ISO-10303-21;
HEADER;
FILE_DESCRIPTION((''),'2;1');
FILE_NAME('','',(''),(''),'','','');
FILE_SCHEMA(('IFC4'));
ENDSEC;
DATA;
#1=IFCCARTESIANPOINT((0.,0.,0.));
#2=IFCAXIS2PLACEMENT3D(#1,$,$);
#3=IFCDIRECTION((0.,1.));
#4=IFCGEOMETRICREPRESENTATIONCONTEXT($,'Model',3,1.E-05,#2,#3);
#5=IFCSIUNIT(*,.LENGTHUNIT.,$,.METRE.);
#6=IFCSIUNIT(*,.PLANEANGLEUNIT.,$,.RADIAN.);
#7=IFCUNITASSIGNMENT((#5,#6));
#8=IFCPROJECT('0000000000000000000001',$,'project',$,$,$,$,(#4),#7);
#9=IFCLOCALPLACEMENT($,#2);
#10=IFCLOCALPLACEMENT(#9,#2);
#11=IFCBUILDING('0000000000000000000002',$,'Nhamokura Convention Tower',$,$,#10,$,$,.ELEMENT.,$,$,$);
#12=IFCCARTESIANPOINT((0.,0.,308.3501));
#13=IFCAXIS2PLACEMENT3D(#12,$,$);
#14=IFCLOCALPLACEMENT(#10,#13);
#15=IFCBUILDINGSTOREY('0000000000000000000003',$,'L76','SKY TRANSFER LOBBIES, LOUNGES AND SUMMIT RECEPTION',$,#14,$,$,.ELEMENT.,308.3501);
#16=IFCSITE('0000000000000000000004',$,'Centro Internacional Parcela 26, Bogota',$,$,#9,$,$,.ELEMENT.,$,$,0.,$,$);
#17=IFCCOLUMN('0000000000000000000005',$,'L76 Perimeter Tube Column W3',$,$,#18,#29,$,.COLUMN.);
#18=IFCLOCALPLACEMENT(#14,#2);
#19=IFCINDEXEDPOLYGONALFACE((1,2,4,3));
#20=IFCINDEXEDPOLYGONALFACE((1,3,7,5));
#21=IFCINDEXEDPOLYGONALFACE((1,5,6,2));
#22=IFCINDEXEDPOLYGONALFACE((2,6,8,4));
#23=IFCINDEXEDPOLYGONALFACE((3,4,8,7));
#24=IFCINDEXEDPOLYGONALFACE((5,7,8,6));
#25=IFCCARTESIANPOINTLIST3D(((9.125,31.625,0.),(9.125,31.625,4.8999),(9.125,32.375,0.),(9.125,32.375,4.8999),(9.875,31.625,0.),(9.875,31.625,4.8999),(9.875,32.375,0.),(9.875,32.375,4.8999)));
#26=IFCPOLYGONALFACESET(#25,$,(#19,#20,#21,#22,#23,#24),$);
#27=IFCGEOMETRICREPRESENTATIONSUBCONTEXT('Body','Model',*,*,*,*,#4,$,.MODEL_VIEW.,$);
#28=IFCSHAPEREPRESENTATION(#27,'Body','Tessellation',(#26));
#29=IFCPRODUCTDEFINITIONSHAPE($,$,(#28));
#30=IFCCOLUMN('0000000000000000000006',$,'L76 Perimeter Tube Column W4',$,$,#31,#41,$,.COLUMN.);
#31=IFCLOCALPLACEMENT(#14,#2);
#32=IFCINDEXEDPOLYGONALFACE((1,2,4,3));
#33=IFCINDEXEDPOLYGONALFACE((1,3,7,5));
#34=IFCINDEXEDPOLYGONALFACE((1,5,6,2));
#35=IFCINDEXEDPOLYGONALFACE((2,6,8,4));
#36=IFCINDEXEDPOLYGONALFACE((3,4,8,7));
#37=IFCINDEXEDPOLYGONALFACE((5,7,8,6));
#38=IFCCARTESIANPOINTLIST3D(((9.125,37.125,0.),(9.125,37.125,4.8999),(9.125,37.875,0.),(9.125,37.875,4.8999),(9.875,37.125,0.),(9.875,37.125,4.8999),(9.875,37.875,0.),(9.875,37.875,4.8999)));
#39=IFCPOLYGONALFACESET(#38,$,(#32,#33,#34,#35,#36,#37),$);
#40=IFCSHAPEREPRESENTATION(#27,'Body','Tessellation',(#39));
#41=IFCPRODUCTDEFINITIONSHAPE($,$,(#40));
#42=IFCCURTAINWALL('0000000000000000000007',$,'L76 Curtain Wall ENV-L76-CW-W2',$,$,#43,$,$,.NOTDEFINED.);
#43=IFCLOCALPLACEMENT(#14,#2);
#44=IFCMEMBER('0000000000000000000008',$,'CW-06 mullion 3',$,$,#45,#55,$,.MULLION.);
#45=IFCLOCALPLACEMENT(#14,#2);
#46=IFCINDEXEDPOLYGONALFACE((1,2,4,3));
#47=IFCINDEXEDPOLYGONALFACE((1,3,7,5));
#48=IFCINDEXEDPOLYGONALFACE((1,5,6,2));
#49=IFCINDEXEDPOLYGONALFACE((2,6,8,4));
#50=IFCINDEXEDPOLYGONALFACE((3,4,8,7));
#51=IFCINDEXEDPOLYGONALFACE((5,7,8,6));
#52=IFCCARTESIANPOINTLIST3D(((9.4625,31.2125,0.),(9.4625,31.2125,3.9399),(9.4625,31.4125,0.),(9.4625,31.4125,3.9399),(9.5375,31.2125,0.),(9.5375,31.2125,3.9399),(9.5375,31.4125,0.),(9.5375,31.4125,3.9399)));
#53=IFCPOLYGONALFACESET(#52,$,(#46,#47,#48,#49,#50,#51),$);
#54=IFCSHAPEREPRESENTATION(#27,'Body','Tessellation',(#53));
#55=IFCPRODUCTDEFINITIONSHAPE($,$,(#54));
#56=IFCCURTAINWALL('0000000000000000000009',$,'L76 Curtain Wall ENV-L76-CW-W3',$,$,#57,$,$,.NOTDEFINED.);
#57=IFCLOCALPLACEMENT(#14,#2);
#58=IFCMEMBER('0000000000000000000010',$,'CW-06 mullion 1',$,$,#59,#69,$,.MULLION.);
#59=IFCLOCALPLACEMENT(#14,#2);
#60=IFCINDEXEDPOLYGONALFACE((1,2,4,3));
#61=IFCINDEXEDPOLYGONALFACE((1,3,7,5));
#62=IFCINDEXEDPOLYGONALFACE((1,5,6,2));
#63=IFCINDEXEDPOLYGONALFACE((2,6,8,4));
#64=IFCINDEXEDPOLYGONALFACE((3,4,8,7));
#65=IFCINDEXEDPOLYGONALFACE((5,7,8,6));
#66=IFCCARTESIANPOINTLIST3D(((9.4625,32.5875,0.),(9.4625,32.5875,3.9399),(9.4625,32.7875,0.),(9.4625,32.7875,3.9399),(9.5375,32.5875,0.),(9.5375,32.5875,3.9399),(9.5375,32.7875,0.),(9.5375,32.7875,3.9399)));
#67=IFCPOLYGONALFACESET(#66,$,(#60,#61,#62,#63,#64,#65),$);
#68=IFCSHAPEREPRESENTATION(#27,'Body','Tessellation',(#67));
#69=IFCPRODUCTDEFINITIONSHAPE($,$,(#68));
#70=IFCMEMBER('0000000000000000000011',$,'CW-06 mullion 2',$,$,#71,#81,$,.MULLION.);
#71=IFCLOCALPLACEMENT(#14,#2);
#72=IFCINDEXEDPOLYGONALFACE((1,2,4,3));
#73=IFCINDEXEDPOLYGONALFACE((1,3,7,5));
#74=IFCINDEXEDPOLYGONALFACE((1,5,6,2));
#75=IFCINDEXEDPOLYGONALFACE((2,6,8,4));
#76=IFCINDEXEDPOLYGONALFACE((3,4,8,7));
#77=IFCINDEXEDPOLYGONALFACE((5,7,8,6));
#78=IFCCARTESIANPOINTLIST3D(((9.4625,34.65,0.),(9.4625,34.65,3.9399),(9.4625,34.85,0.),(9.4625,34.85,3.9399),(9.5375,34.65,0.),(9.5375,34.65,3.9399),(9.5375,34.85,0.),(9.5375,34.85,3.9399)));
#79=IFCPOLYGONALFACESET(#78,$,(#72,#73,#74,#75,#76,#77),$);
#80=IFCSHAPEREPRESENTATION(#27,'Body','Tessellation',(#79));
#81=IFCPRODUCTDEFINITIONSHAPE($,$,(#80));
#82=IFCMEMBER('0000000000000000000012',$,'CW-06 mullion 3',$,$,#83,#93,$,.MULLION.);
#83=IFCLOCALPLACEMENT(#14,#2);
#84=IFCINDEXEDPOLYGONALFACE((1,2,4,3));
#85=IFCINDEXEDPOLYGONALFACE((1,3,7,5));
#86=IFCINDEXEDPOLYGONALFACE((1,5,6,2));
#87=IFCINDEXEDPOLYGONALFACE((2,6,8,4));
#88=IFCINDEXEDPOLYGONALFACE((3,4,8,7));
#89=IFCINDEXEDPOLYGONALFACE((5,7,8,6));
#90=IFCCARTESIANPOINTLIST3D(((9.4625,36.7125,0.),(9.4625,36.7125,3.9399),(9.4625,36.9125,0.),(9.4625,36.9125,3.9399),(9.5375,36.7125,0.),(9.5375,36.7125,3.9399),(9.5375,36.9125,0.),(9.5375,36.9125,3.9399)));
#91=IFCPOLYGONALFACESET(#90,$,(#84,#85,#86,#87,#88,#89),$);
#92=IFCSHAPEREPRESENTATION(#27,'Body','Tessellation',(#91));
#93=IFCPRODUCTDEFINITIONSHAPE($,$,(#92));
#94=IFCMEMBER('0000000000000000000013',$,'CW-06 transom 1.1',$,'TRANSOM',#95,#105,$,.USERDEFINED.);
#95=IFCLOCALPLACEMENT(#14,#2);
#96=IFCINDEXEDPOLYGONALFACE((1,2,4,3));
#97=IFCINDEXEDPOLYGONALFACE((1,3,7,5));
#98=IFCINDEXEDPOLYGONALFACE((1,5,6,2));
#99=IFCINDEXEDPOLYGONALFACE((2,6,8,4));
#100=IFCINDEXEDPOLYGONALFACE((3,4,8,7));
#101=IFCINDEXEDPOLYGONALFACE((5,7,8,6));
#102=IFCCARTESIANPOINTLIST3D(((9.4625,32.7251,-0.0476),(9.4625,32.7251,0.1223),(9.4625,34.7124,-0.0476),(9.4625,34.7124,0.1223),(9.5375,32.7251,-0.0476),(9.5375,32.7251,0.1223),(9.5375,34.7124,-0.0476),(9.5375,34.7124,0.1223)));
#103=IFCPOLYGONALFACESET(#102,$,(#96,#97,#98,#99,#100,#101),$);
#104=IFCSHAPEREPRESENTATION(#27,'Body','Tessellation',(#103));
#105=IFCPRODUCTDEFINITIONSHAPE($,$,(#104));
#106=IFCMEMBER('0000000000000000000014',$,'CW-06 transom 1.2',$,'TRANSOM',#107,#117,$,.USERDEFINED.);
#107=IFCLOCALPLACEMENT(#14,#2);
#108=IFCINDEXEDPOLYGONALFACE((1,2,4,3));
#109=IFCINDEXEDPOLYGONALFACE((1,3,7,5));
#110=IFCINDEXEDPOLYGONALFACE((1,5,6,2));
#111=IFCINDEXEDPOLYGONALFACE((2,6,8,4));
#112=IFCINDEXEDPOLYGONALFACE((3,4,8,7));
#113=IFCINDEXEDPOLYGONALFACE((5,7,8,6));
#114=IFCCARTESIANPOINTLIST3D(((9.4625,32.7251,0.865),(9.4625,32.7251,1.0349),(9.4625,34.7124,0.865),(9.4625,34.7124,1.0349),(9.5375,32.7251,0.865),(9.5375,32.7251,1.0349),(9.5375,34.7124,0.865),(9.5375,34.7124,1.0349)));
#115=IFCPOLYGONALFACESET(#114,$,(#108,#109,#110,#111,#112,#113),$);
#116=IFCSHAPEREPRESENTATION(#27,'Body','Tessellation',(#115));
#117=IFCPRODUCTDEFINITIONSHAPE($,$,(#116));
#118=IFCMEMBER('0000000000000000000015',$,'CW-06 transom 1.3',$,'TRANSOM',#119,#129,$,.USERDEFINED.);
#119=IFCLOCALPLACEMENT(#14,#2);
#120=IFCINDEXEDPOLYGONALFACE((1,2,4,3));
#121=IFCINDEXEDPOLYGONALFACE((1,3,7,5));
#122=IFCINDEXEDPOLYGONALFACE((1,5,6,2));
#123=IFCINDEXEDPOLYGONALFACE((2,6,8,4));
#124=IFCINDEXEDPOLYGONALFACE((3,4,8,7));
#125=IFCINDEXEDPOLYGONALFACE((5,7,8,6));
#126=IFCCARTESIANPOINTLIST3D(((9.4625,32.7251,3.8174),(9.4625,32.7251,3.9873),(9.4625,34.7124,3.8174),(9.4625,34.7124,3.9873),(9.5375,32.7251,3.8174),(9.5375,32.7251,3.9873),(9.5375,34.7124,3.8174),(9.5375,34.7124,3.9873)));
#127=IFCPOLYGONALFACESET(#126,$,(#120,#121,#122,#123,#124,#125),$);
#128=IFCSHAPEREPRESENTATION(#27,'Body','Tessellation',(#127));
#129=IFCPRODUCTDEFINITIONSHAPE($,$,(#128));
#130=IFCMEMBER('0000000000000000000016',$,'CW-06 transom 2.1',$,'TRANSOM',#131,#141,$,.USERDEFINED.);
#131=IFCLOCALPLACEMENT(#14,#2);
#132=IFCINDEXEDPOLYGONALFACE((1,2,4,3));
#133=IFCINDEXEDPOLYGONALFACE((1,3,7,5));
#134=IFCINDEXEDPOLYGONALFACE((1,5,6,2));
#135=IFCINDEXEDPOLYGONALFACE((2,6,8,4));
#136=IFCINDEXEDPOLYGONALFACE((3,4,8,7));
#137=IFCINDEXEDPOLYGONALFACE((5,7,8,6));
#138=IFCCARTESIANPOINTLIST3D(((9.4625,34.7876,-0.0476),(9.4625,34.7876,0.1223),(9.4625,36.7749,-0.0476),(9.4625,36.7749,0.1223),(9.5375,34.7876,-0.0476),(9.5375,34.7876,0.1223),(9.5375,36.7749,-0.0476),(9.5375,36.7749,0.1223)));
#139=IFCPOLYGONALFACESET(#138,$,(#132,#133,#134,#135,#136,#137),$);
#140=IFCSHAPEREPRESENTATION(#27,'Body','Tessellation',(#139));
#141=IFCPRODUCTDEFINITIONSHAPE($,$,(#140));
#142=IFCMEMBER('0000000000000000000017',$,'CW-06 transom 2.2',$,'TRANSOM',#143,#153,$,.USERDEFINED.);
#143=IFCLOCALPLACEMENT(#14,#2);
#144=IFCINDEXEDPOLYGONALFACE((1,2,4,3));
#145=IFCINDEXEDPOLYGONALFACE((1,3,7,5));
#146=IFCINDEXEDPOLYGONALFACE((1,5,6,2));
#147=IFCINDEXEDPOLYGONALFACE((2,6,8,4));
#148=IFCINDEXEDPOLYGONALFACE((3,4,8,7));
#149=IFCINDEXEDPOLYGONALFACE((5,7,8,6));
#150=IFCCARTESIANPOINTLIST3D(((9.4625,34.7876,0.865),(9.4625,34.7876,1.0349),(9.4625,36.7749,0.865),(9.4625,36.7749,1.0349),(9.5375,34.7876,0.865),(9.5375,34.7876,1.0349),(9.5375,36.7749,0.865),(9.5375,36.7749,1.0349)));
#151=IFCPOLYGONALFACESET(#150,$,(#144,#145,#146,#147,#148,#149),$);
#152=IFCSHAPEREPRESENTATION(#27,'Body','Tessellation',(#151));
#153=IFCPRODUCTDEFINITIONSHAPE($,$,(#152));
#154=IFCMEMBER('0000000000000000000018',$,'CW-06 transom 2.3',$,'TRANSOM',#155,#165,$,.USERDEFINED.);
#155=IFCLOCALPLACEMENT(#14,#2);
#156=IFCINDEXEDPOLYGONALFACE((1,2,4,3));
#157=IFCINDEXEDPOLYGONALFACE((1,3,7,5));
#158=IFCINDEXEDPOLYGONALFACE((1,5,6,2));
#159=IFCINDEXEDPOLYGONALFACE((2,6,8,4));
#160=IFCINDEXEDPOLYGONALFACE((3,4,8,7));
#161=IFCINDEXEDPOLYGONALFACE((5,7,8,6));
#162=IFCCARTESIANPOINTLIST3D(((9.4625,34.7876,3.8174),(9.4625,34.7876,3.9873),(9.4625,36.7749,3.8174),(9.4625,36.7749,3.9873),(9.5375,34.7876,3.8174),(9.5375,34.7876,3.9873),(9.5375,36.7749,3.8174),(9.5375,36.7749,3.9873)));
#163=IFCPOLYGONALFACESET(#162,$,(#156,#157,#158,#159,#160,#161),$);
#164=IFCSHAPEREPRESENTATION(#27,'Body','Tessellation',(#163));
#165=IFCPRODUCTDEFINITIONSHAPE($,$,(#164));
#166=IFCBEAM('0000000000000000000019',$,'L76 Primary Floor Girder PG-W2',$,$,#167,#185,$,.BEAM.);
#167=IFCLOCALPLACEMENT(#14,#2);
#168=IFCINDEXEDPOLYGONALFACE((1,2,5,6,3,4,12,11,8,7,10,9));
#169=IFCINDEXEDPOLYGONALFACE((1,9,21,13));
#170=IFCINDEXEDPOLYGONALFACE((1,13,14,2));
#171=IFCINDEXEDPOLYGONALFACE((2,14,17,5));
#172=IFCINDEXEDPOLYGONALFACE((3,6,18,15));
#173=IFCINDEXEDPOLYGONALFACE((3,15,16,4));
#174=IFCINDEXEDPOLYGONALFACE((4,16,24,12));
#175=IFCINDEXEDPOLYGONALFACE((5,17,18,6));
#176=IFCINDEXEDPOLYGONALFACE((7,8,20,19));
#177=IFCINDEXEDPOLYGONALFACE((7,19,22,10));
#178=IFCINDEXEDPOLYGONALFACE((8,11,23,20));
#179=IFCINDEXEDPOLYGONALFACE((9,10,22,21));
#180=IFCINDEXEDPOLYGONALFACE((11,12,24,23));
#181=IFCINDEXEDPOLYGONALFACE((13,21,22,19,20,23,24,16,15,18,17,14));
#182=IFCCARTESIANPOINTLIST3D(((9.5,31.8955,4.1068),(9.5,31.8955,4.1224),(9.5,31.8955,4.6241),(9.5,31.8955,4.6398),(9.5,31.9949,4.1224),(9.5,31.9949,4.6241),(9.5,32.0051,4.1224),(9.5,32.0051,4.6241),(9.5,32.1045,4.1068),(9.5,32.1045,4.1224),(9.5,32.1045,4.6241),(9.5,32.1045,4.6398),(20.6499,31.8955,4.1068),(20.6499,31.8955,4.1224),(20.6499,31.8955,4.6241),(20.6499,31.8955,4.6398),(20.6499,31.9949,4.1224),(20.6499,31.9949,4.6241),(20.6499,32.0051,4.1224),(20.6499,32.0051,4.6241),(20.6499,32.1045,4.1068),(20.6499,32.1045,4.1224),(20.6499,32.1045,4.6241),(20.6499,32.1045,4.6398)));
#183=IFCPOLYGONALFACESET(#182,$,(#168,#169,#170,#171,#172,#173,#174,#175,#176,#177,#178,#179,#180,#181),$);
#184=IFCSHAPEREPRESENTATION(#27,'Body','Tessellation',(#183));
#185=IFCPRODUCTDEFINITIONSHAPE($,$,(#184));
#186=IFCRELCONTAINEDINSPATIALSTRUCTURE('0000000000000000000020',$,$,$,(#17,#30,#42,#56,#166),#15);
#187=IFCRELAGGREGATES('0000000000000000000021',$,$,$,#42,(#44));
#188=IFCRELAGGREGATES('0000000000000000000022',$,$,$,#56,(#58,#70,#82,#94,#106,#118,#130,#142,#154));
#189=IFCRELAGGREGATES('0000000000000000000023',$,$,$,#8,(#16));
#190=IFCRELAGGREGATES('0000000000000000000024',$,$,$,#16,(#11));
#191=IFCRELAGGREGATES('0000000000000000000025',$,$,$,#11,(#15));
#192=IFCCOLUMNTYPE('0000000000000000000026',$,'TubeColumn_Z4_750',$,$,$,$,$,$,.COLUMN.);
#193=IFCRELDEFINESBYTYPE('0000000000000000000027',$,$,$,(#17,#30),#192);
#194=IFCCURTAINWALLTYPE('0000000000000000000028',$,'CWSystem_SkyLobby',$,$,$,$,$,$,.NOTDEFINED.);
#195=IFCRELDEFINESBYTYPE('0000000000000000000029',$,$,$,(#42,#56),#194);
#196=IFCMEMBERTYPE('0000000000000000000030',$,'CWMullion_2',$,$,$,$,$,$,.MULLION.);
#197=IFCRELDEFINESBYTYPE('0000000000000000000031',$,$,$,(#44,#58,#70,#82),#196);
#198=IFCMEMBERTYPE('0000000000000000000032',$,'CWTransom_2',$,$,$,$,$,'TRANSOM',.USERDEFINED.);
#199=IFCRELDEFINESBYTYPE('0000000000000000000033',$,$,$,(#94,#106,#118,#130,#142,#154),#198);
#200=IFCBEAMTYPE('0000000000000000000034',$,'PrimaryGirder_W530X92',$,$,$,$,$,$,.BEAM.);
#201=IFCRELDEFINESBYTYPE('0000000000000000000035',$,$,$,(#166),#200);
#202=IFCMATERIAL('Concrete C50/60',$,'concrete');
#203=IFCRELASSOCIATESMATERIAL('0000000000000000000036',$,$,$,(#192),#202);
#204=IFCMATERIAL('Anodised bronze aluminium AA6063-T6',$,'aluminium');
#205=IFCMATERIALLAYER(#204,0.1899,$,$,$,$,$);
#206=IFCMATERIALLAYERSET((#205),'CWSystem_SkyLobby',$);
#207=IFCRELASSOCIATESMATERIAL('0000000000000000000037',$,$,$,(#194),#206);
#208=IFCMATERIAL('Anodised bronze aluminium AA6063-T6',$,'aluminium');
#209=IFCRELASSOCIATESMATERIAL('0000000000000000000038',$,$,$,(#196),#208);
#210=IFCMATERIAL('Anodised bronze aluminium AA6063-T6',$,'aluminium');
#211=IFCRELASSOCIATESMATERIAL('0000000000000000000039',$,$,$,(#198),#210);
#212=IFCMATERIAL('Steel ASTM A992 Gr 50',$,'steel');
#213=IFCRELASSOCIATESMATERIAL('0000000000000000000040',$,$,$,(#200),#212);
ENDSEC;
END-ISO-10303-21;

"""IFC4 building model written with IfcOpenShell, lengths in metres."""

from ifc_helpers import new_model, si_unit, direction, frame, origin, origin_2d, place, context, subcontext, project, spatial, rectangle, i_section, extrude, material, layer, layer_set, material_profile, profile_set, type_object, element, aggregate, save


model = new_model("IFC4")

# Units and contexts
model_context = context("Model", 3, precision=1e-05, world=origin(), true_north=direction((0.0, 1.0)))
body_context = subcontext(model_context, "Body", "Model", "MODEL_VIEW")
ifc_project = project(units=[si_unit("LENGTHUNIT", "METRE"), si_unit("PLANEANGLEUNIT", "RADIAN")], contexts=[model_context])

# Site, building, storey
site_placement = place(None, origin())
site = spatial("IfcSite", under=ifc_project, at=site_placement, Name="Centro Internacional Parcela 26, Bogota", CompositionType="ELEMENT", RefElevation=0.0)
building_placement = place(site_placement, origin())
building = spatial("IfcBuilding", under=site, at=building_placement, Name="Nhamokura Convention Tower", CompositionType="ELEMENT")
storey_placement = place(building_placement, frame((0.0, 0.0, 308.3501)))
storey = spatial("IfcBuildingStorey", under=building, at=storey_placement, Name="L76", Description="SKY TRANSFER LOBBIES, LOUNGES AND SUMMIT RECEPTION", CompositionType="ELEMENT", Elevation=308.3501)

# Columns
ifc_material_1 = material(Name="Concrete C50/60", Category="concrete")
ifc_material_profile_1 = material_profile(ifc_material_1, rectangle(XDim=0.75, YDim=0.75, at=origin_2d()))
ifc_profile_set_1 = profile_set([ifc_material_profile_1], Name="Concrete C50/60")
column_type = type_object("IfcColumnType", Name="TubeColumn_Z4_750", PredefinedType="COLUMN", material=ifc_profile_set_1)
for number, where, z_axis, x_axis, name in (
    (1, (9.5, 32.0, 0.0), (0.0, 0.0, 1.0), (1.0, 0.0, 0.0), "L76 Perimeter Tube Column W3"),
    (2, (9.5, 37.5, 0.0), (0.0, 0.0, 1.0), (1.0, 0.0, 0.0), "L76 Perimeter Tube Column W4"),
):
    element("IfcColumn", number, at=place(storey_placement, frame(where, z_axis=z_axis, x_axis=x_axis)), inside=storey, type_object=column_type, Name=name, PredefinedType="COLUMN", context=body_context, shape_type="SweptSolid", body=[
        extrude(rectangle(XDim=0.75, YDim=0.75, at=origin_2d()), origin(), (0.0, 0.0, 1.0), 4.8999),
    ])

# Curtain wall, member
ifc_material_2 = material(Name="Anodised bronze aluminium AA6063-T6", Category="aluminium")
ifc_layer_1 = layer(ifc_material_2, 0.1899)
ifc_layer_set_1 = layer_set([ifc_layer_1], Name="CWSystem_SkyLobby")
curtain_wall_type = type_object("IfcCurtainWallType", Name="CWSystem_SkyLobby", PredefinedType="NOTDEFINED", material=ifc_layer_set_1)
curtain_wall_1_placement = place(storey_placement, origin())
curtain_wall_1 = element("IfcCurtainWall", 3, at=curtain_wall_1_placement, inside=storey, type_object=curtain_wall_type, Name="L76 Curtain Wall ENV-L76-CW-W2", PredefinedType="NOTDEFINED")
ifc_material_3 = material(Name="Anodised bronze aluminium AA6063-T6", Category="aluminium")
ifc_material_profile_2 = material_profile(ifc_material_3, rectangle(XDim=0.075, YDim=0.2, at=origin_2d()))
ifc_profile_set_2 = profile_set([ifc_material_profile_2], Name="Anodised bronze aluminium AA6063-T6")
member_type_1 = type_object("IfcMemberType", Name="CWMullion_2", PredefinedType="MULLION", material=ifc_profile_set_2)
member_1_placement = place(storey_placement, frame((9.5, 31.3125, 0.0), z_axis=(0.0, 0.0, 1.0), x_axis=(-1.0, 0.0, 0.0)))
member_1 = element("IfcMember", 4, at=member_1_placement, type_object=member_type_1, Name="CW-06 mullion 3", PredefinedType="MULLION", context=body_context, shape_type="SweptSolid", body=[
    extrude(rectangle(XDim=0.075, YDim=0.2, at=origin_2d()), origin(), (0.0, 0.0, 1.0), 3.9399),
])

# Curtain wall, members
curtain_wall_2_placement = place(storey_placement, origin())
curtain_wall_2 = element("IfcCurtainWall", 5, at=curtain_wall_2_placement, inside=storey, type_object=curtain_wall_type, Name="L76 Curtain Wall ENV-L76-CW-W3", PredefinedType="NOTDEFINED")
member_2_placement = place(storey_placement, frame((9.5, 32.6875, 0.0), z_axis=(0.0, 0.0, 1.0), x_axis=(-1.0, 0.0, 0.0)))
member_2 = element("IfcMember", 6, at=member_2_placement, type_object=member_type_1, Name="CW-06 mullion 1", PredefinedType="MULLION", context=body_context, shape_type="SweptSolid", body=[
    extrude(rectangle(XDim=0.075, YDim=0.2, at=origin_2d()), origin(), (0.0, 0.0, 1.0), 3.9399),
])
member_3_placement = place(storey_placement, frame((9.5, 34.75, 0.0), z_axis=(0.0, 0.0, 1.0), x_axis=(-1.0, 0.0, 0.0)))
member_3 = element("IfcMember", 7, at=member_3_placement, type_object=member_type_1, Name="CW-06 mullion 2", PredefinedType="MULLION", context=body_context, shape_type="SweptSolid", body=[
    extrude(rectangle(XDim=0.075, YDim=0.2, at=origin_2d()), origin(), (0.0, 0.0, 1.0), 3.9399),
])
member_4_placement = place(storey_placement, frame((9.5, 36.8125, 0.0), z_axis=(0.0, 0.0, 1.0), x_axis=(-1.0, 0.0, 0.0)))
member_4 = element("IfcMember", 8, at=member_4_placement, type_object=member_type_1, Name="CW-06 mullion 3", PredefinedType="MULLION", context=body_context, shape_type="SweptSolid", body=[
    extrude(rectangle(XDim=0.075, YDim=0.2, at=origin_2d()), origin(), (0.0, 0.0, 1.0), 3.9399),
])
ifc_material_4 = material(Name="Anodised bronze aluminium AA6063-T6", Category="aluminium")
ifc_material_profile_3 = material_profile(ifc_material_4, rectangle(XDim=0.075, YDim=0.1699, at=origin_2d()))
ifc_profile_set_3 = profile_set([ifc_material_profile_3], Name="Anodised bronze aluminium AA6063-T6")
member_type_2 = type_object("IfcMemberType", Name="CWTransom_2", ElementType="TRANSOM", PredefinedType="USERDEFINED", material=ifc_profile_set_3)
member_5_placement = place(storey_placement, frame((9.5, 32.7251, 0.0374), z_axis=(0.0, 1.0, 0.0), x_axis=(-1.0, 0.0, 0.0)))
member_5 = element("IfcMember", 9, at=member_5_placement, type_object=member_type_2, Name="CW-06 transom 1.1", ObjectType="TRANSOM", PredefinedType="USERDEFINED", context=body_context, shape_type="SweptSolid", body=[
    extrude(rectangle(XDim=0.075, YDim=0.1699, at=origin_2d()), origin(), (0.0, 0.0, 1.0), 1.9873),
])
member_6_placement = place(storey_placement, frame((9.5, 32.7251, 0.95), z_axis=(0.0, 1.0, 0.0), x_axis=(-1.0, 0.0, 0.0)))
member_6 = element("IfcMember", 10, at=member_6_placement, type_object=member_type_2, Name="CW-06 transom 1.2", ObjectType="TRANSOM", PredefinedType="USERDEFINED", context=body_context, shape_type="SweptSolid", body=[
    extrude(rectangle(XDim=0.075, YDim=0.1699, at=origin_2d()), origin(), (0.0, 0.0, 1.0), 1.9873),
])
member_7_placement = place(storey_placement, frame((9.5, 32.7251, 3.9023), z_axis=(0.0, 1.0, 0.0), x_axis=(-1.0, 0.0, 0.0)))
member_7 = element("IfcMember", 11, at=member_7_placement, type_object=member_type_2, Name="CW-06 transom 1.3", ObjectType="TRANSOM", PredefinedType="USERDEFINED", context=body_context, shape_type="SweptSolid", body=[
    extrude(rectangle(XDim=0.075, YDim=0.1699, at=origin_2d()), origin(), (0.0, 0.0, 1.0), 1.9873),
])
member_8_placement = place(storey_placement, frame((9.5, 34.7876, 0.0374), z_axis=(0.0, 1.0, 0.0), x_axis=(-1.0, 0.0, 0.0)))
member_8 = element("IfcMember", 12, at=member_8_placement, type_object=member_type_2, Name="CW-06 transom 2.1", ObjectType="TRANSOM", PredefinedType="USERDEFINED", context=body_context, shape_type="SweptSolid", body=[
    extrude(rectangle(XDim=0.075, YDim=0.1699, at=origin_2d()), origin(), (0.0, 0.0, 1.0), 1.9873),
])
member_9_placement = place(storey_placement, frame((9.5, 34.7876, 0.95), z_axis=(0.0, 1.0, 0.0), x_axis=(-1.0, 0.0, 0.0)))
member_9 = element("IfcMember", 13, at=member_9_placement, type_object=member_type_2, Name="CW-06 transom 2.2", ObjectType="TRANSOM", PredefinedType="USERDEFINED", context=body_context, shape_type="SweptSolid", body=[
    extrude(rectangle(XDim=0.075, YDim=0.1699, at=origin_2d()), origin(), (0.0, 0.0, 1.0), 1.9873),
])
member_10_placement = place(storey_placement, frame((9.5, 34.7876, 3.9023), z_axis=(0.0, 1.0, 0.0), x_axis=(-1.0, 0.0, 0.0)))
member_10 = element("IfcMember", 14, at=member_10_placement, type_object=member_type_2, Name="CW-06 transom 2.3", ObjectType="TRANSOM", PredefinedType="USERDEFINED", context=body_context, shape_type="SweptSolid", body=[
    extrude(rectangle(XDim=0.075, YDim=0.1699, at=origin_2d()), origin(), (0.0, 0.0, 1.0), 1.9873),
])

# Beam
ifc_material_5 = material(Name="Steel ASTM A992 Gr 50", Category="steel")
ifc_material_profile_4 = material_profile(ifc_material_5, i_section(OverallWidth=0.209, OverallDepth=0.533, WebThickness=0.0103, FlangeThickness=0.0156, at=origin_2d()))
ifc_profile_set_4 = profile_set([ifc_material_profile_4], Name="Steel ASTM A992 Gr 50")
beam_type_1 = type_object("IfcBeamType", Name="PrimaryGirder_W530X92", PredefinedType="BEAM", material=ifc_profile_set_4)
beam_placement = place(storey_placement, frame((9.5, 32.0, 4.3733), z_axis=(1.0, 0.0, 0.0), x_axis=(0.0, 1.0, 0.0)))
element("IfcBeam", 15, at=beam_placement, inside=storey, type_object=beam_type_1, Name="L76 Primary Floor Girder PG-W2", PredefinedType="BEAM", context=body_context, shape_type="SweptSolid", body=[
    extrude(i_section(OverallWidth=0.209, OverallDepth=0.533, WebThickness=0.0103, FlangeThickness=0.0156, at=origin_2d()), origin(), (0.0, 0.0, 1.0), 11.1499),
])

aggregate(curtain_wall_1, [member_1])
aggregate(curtain_wall_2, [member_2, member_3, member_4, member_5, member_6, member_7, member_8, member_9, member_10])

save(model, "model.ifc")
